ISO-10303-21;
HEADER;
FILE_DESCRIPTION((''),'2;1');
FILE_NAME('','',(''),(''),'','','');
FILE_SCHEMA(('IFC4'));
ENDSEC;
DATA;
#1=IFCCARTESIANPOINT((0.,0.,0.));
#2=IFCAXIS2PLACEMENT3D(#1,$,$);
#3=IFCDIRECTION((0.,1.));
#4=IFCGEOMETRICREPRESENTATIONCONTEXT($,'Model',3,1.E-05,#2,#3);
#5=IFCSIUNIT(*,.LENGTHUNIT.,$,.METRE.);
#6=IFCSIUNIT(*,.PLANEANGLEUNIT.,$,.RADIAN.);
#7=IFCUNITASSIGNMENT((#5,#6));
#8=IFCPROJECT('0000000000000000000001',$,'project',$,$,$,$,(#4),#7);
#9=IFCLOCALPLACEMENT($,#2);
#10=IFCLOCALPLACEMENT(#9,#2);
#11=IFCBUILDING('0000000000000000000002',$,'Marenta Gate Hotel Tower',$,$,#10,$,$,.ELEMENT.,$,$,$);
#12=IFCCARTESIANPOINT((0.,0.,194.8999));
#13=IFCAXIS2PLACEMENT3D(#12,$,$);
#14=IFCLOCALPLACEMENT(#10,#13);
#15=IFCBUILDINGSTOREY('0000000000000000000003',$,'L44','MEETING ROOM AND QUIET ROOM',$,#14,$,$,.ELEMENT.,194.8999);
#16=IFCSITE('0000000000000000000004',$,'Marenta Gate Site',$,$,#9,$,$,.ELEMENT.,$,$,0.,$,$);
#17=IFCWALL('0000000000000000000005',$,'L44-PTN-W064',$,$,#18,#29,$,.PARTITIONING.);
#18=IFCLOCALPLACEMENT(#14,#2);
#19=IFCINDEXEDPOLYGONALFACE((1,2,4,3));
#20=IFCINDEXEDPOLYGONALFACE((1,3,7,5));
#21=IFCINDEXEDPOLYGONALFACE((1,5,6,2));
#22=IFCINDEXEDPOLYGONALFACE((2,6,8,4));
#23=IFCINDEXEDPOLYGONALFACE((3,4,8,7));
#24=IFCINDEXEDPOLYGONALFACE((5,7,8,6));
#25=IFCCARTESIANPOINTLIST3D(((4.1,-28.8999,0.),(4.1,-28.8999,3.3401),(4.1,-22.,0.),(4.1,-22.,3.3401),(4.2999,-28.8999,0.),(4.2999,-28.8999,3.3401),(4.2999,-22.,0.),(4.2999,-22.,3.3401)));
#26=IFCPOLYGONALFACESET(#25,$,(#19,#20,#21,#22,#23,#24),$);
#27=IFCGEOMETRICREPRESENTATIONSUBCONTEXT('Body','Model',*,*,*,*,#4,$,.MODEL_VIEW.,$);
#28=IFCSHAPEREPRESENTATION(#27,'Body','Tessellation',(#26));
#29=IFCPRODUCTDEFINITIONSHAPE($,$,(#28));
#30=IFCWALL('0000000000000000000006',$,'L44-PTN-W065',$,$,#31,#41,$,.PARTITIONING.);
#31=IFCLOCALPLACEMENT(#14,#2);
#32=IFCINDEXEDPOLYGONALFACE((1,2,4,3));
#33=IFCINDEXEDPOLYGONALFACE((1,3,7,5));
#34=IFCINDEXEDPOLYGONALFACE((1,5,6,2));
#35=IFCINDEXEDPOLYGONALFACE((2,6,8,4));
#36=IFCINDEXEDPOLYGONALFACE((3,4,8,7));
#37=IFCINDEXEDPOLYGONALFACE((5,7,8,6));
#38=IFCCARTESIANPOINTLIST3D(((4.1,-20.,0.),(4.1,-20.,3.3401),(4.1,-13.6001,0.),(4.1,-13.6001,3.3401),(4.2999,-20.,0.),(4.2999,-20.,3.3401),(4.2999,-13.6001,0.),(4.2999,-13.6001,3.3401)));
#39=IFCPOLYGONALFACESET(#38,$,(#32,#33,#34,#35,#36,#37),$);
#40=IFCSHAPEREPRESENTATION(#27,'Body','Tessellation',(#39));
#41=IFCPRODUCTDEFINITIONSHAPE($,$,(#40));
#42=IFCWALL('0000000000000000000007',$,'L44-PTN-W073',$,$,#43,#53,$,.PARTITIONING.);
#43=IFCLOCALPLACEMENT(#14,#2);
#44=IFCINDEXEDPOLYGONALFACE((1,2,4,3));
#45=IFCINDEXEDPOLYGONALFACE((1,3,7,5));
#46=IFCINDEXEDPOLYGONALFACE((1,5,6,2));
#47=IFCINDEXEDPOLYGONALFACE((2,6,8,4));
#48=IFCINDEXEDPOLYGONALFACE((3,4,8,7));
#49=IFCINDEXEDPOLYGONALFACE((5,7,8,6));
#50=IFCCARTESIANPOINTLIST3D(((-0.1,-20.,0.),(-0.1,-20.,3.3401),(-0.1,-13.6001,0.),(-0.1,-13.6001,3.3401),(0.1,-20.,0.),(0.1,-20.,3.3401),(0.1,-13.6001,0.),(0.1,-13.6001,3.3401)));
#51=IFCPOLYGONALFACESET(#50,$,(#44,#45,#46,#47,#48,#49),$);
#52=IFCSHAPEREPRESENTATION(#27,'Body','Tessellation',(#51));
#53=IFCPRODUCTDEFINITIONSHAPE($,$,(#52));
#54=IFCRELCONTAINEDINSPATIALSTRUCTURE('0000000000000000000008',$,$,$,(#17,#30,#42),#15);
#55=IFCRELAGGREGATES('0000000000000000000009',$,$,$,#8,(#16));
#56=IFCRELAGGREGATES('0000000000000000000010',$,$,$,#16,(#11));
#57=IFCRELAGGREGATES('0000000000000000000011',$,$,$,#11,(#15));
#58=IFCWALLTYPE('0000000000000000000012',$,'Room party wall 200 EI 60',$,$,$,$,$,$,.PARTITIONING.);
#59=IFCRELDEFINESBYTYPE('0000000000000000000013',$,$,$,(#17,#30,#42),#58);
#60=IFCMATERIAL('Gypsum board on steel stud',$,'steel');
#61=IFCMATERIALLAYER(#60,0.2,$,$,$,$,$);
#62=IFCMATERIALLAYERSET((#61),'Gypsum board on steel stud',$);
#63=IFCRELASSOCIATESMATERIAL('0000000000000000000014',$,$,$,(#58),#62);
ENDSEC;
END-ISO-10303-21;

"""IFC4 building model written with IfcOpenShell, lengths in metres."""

from ifc_helpers import new_model, si_unit, direction, frame, frame_2d, origin, place, context, subcontext, project, spatial, rectangle, extrude, material, layer, layer_set, type_object, element, save


model = new_model("IFC4")

# Units and contexts
model_context = context("Model", 3, precision=1e-05, world=origin(), true_north=direction((0.0, 1.0)))
body_context = subcontext(model_context, "Body", "Model", "MODEL_VIEW")
ifc_project = project(units=[si_unit("LENGTHUNIT", "METRE"), si_unit("PLANEANGLEUNIT", "RADIAN")], contexts=[model_context])

# Site, building, storey
site_placement = place(None, origin())
site = spatial("IfcSite", under=ifc_project, at=site_placement, Name="Marenta Gate Site", CompositionType="ELEMENT", RefElevation=0.0)
building_placement = place(site_placement, origin())
building = spatial("IfcBuilding", under=site, at=building_placement, Name="Marenta Gate Hotel Tower", CompositionType="ELEMENT")
storey_placement = place(building_placement, frame((0.0, 0.0, 194.8999)))
storey = spatial("IfcBuildingStorey", under=building, at=storey_placement, Name="L44", Description="MEETING ROOM AND QUIET ROOM", CompositionType="ELEMENT", Elevation=194.8999)

# Walls
ifc_material_1 = material(Name="Gypsum board on steel stud", Category="steel")
ifc_layer_1 = layer(ifc_material_1, 0.2)
ifc_layer_set_1 = layer_set([ifc_layer_1], Name="Gypsum board on steel stud")
wall_type_1 = type_object("IfcWallType", Name="Room party wall 200 EI 60", PredefinedType="PARTITIONING", material=ifc_layer_set_1)
wall_1_placement = place(storey_placement, frame((4.2, -28.8999, 0.0), z_axis=(0.0, 0.0, 1.0), x_axis=(0.0, 1.0, 0.0)))
element("IfcWall", 1, at=wall_1_placement, inside=storey, type_object=wall_type_1, Name="L44-PTN-W064", PredefinedType="PARTITIONING", context=body_context, shape_type="SweptSolid", body=[
    extrude(rectangle(XDim=6.8999, YDim=0.2, at=frame_2d((3.45, 0.0))), origin(), (0.0, 0.0, 1.0), 3.3401),
])
for number, where, z_axis, x_axis, name in (
    (2, (4.2, -20.0, 0.0), (0.0, 0.0, 1.0), (0.0, 1.0, 0.0), "L44-PTN-W065"),
    (3, (0.0, -20.0, 0.0), (0.0, 0.0, 1.0), (0.0, 1.0, 0.0), "L44-PTN-W073"),
):
    element("IfcWall", number, at=place(storey_placement, frame(where, z_axis=z_axis, x_axis=x_axis)), inside=storey, type_object=wall_type_1, Name=name, PredefinedType="PARTITIONING", context=body_context, shape_type="SweptSolid", body=[
        extrude(rectangle(XDim=6.3999, YDim=0.2, at=frame_2d((3.2, 0.0))), origin(), (0.0, 0.0, 1.0), 3.3401),
    ])

save(model, "model.ifc")
